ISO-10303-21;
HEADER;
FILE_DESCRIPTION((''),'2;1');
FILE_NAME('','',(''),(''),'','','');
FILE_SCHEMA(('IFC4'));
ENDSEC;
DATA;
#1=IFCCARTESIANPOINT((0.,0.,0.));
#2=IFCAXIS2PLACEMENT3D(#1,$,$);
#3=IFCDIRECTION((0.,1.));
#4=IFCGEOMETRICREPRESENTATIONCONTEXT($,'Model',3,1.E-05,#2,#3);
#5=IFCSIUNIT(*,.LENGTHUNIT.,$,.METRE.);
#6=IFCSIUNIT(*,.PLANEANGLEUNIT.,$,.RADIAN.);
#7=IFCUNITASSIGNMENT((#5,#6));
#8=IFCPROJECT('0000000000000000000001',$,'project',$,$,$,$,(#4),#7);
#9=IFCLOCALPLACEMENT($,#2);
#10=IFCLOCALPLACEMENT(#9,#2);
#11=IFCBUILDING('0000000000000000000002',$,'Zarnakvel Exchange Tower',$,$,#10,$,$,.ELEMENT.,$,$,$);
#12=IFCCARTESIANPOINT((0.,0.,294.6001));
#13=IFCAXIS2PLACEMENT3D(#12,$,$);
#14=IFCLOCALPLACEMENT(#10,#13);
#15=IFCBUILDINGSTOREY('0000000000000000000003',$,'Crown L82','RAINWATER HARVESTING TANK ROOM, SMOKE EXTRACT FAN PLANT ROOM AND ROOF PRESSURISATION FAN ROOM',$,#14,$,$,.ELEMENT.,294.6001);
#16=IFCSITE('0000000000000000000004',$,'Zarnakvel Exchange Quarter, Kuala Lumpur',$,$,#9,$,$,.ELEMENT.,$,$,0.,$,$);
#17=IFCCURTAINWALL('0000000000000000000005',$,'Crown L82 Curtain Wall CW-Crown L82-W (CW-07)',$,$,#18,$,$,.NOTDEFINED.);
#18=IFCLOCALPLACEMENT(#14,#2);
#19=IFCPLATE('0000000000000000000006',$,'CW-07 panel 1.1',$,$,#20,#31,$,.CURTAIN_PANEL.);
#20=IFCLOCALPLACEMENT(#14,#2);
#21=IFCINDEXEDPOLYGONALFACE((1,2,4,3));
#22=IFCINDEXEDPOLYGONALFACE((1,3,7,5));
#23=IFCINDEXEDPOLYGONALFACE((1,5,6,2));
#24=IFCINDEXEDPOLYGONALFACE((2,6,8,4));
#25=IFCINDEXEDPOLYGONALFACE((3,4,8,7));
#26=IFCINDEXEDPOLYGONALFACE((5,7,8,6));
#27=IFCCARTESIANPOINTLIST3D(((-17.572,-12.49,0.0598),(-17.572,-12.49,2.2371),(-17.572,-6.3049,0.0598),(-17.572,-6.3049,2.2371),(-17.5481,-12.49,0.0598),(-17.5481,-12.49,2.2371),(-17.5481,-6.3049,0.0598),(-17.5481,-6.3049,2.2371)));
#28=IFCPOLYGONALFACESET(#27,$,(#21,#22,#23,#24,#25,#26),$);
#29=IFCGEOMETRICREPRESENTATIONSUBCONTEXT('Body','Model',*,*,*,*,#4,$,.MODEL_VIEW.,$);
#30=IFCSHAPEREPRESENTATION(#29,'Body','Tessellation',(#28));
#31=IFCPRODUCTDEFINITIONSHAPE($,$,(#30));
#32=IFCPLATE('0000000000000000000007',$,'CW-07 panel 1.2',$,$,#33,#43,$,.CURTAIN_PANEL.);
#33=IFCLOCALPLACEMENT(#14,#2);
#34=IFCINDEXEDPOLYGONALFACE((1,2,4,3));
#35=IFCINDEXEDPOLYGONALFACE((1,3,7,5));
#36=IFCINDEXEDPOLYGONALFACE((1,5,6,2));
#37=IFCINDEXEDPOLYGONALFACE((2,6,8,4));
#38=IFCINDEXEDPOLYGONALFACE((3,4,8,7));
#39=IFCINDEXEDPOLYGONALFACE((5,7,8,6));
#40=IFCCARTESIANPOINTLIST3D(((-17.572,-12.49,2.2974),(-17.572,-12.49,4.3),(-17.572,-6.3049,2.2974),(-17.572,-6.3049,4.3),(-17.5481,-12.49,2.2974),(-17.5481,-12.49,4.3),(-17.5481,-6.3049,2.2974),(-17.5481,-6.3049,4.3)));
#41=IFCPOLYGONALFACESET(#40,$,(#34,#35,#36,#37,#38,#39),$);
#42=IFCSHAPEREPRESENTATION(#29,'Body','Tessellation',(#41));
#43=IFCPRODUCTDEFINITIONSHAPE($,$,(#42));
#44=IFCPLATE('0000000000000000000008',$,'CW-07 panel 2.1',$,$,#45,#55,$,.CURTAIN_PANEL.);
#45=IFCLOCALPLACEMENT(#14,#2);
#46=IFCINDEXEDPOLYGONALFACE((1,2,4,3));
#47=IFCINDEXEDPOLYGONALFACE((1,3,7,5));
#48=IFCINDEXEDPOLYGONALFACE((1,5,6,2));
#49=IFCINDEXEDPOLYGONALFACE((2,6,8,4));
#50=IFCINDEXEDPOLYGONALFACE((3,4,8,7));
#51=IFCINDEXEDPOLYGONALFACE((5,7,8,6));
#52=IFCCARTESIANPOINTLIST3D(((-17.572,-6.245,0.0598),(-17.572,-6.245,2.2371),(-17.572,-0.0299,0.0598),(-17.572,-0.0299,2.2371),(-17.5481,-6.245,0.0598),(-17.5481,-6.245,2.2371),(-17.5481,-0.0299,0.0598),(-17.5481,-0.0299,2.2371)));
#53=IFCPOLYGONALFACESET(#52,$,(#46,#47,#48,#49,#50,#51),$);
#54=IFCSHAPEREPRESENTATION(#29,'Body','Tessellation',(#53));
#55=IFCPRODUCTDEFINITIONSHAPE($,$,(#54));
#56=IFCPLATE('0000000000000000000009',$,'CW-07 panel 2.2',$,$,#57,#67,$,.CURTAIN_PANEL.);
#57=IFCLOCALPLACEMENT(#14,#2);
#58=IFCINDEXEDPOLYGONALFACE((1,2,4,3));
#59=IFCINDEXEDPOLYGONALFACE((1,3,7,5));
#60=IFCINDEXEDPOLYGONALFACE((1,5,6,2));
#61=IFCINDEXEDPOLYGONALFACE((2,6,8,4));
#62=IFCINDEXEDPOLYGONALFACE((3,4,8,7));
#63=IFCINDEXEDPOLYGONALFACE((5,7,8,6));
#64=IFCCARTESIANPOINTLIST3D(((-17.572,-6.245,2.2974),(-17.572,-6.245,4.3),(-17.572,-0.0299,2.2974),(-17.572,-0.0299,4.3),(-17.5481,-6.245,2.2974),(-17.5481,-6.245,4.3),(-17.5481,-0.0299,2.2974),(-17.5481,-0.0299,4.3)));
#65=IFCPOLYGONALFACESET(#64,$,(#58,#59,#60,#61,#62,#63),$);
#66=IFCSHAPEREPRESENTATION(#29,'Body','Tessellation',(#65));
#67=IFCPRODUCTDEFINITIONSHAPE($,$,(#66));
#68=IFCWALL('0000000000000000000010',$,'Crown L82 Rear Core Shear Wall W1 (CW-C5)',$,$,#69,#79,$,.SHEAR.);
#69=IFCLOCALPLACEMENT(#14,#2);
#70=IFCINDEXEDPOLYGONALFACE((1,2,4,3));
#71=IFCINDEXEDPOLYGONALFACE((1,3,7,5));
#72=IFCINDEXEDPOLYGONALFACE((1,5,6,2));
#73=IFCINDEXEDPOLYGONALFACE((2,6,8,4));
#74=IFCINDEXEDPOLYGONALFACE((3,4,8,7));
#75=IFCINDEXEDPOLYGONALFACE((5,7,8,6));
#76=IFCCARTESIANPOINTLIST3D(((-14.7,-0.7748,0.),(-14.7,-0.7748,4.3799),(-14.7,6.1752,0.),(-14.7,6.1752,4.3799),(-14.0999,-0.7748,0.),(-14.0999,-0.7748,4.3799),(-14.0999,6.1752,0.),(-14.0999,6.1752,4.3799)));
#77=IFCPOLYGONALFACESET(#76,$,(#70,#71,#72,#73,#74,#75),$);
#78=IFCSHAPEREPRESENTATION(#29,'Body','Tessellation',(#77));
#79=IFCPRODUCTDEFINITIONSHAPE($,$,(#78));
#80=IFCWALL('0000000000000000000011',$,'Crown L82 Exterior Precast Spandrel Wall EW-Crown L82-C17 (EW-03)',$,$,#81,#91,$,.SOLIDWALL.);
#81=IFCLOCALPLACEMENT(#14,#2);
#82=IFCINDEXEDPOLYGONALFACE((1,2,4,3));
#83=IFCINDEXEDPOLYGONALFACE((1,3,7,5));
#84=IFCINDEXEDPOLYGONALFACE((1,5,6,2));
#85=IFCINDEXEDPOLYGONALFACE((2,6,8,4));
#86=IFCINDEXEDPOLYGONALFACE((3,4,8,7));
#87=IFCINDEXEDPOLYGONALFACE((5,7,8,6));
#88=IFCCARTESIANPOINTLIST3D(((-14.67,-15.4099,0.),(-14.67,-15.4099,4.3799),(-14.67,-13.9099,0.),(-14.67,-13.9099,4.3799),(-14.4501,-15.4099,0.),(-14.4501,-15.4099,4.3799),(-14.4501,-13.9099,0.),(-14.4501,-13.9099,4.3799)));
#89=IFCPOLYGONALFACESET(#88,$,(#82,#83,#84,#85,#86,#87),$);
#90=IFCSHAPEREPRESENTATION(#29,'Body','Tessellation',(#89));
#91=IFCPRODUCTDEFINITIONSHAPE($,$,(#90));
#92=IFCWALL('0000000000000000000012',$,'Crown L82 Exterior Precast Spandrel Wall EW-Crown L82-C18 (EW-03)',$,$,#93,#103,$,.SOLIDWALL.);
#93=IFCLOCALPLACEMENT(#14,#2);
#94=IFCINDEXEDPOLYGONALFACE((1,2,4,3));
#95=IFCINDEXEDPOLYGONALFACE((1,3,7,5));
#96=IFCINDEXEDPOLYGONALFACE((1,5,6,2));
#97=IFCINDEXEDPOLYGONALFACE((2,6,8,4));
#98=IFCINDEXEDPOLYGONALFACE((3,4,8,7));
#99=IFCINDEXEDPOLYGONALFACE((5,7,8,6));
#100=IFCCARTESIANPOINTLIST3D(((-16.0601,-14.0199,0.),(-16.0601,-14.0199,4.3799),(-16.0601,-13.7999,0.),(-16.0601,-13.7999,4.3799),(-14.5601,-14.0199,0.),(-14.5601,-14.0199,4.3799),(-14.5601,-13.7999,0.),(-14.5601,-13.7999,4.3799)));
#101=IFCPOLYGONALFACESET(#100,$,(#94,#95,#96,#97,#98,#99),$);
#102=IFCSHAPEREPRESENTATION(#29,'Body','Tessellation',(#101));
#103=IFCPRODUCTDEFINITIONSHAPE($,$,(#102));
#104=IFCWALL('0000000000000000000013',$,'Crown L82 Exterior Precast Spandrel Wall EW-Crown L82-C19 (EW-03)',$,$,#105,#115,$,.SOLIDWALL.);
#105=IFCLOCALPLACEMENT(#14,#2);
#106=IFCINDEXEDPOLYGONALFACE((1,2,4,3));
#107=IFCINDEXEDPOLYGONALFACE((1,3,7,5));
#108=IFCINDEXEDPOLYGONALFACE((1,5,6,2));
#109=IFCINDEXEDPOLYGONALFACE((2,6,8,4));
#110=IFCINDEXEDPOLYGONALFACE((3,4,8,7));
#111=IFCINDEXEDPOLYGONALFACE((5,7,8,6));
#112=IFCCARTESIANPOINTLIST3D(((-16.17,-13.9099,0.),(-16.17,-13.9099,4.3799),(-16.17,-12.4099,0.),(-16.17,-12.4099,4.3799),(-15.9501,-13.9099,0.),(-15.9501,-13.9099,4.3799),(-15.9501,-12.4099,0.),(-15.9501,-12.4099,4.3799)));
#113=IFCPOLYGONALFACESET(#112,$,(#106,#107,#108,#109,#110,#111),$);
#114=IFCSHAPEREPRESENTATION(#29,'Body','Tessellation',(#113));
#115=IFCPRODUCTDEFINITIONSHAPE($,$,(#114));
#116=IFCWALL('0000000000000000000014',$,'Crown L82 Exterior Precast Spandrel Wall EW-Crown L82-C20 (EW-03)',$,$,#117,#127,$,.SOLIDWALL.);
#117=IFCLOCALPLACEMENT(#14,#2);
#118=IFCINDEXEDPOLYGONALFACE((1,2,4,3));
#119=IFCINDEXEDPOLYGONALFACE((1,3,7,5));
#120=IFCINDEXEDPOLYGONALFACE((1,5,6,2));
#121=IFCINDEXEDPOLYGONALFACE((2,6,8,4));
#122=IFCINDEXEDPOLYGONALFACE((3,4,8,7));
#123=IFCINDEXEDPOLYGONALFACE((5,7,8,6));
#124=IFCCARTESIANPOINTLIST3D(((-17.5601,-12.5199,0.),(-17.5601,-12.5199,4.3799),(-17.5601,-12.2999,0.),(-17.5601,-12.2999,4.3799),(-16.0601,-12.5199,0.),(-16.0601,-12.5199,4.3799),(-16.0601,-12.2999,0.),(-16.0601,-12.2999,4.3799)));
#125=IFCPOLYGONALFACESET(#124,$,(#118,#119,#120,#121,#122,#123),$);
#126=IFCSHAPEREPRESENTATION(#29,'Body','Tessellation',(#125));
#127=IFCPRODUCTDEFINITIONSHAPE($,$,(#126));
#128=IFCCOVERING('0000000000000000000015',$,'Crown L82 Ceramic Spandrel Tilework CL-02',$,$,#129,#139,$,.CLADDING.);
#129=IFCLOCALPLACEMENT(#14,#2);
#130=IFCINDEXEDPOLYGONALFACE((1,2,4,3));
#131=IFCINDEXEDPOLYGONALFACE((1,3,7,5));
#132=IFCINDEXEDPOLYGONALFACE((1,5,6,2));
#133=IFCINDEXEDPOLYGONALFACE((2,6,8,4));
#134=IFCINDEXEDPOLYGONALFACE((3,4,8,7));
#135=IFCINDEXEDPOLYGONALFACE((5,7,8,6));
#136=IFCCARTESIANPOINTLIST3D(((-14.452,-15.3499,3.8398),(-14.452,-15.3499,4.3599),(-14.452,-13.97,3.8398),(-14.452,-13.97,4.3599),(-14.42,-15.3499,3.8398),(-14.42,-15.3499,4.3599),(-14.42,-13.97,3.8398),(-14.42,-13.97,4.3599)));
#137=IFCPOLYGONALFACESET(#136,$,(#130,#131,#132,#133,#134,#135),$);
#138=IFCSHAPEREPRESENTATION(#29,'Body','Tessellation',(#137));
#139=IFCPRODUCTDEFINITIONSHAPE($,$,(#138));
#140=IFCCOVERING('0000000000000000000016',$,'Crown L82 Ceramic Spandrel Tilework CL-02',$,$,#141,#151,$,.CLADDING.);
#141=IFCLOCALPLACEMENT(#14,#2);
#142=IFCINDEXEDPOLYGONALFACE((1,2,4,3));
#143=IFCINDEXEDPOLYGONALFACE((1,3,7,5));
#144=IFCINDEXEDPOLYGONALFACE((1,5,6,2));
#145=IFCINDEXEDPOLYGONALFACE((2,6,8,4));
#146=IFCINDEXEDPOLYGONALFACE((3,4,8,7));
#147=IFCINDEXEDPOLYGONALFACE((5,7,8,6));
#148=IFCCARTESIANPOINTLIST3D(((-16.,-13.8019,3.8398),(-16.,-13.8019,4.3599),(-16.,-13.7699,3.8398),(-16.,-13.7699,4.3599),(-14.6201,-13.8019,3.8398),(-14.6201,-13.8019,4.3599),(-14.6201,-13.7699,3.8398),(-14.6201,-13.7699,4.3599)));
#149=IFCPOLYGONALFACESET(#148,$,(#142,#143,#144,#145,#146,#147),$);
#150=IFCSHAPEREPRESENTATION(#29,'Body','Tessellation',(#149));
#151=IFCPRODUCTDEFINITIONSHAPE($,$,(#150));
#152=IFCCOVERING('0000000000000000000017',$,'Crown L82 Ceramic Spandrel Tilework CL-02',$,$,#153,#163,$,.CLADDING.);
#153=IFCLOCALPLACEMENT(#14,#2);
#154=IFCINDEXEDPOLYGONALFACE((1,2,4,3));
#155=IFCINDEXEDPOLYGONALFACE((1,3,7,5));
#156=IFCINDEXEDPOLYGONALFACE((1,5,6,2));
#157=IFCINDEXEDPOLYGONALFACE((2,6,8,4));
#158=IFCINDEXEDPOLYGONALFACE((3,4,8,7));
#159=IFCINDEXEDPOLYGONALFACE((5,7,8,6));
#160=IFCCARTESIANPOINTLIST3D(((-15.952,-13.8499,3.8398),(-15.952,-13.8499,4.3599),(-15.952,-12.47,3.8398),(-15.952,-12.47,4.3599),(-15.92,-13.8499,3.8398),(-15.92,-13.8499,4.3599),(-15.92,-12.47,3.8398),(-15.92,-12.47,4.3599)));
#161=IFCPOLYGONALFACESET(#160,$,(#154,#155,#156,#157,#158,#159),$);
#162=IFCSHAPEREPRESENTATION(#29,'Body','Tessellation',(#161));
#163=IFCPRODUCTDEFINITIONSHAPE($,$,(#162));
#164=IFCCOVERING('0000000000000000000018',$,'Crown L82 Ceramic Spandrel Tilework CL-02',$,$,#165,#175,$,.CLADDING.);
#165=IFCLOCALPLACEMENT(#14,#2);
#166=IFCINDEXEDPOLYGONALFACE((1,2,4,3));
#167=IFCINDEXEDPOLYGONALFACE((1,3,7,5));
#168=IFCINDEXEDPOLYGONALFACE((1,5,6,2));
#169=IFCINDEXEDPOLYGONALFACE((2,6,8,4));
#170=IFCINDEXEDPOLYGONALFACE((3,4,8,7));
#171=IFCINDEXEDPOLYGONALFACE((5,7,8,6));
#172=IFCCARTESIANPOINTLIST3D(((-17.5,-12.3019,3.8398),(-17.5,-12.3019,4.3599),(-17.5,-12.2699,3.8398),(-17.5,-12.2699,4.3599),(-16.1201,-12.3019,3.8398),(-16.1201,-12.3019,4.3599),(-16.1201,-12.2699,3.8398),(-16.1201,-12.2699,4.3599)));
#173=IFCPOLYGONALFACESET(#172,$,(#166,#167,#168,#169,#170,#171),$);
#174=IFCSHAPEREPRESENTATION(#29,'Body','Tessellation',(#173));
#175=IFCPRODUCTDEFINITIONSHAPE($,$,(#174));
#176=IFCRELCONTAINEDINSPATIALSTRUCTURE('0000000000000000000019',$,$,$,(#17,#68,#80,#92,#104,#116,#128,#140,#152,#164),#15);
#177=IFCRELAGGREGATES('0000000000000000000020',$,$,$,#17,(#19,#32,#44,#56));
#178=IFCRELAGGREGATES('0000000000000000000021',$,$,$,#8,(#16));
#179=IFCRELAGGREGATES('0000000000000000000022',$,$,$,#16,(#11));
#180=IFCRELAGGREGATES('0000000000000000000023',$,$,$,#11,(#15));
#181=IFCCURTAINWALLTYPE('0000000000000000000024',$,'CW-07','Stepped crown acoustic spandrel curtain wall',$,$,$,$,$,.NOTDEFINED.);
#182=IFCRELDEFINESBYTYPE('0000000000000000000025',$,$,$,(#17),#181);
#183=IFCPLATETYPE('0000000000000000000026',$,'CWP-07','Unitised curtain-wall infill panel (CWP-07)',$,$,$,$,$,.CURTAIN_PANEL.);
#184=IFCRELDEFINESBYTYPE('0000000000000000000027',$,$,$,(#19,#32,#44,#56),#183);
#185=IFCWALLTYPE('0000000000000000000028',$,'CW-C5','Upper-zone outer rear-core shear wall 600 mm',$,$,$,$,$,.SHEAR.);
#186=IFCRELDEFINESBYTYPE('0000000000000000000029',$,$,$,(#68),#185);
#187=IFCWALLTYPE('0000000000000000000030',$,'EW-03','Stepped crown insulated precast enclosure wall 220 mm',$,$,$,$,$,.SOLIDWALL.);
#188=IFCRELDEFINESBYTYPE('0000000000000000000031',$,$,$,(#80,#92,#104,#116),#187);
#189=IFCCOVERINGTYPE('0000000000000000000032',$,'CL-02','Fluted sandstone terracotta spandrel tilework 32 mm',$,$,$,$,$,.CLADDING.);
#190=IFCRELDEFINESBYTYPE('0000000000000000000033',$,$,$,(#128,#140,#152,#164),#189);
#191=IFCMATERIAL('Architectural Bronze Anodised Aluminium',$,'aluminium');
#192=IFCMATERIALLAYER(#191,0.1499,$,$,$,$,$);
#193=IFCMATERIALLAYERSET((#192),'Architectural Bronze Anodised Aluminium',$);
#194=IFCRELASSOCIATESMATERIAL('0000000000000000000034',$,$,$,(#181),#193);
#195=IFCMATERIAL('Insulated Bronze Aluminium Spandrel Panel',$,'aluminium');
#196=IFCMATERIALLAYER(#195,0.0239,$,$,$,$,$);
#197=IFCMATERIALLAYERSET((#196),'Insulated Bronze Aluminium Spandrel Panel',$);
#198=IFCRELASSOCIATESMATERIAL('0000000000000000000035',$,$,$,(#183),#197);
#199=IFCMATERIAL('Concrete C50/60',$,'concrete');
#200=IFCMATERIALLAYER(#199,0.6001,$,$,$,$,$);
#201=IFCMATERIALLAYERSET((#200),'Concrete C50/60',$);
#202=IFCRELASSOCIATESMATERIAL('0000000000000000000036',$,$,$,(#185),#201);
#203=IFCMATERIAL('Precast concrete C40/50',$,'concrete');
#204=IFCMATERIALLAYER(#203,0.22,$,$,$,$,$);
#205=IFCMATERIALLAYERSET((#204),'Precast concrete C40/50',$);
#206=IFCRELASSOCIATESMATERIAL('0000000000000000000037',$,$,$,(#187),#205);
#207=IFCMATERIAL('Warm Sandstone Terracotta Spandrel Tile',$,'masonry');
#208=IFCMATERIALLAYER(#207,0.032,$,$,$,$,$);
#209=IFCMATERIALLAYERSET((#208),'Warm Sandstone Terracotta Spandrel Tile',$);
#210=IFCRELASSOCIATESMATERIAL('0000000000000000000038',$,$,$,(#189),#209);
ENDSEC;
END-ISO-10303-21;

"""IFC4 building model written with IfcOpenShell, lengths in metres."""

from ifc_helpers import new_model, si_unit, direction, frame, frame_2d, origin, origin_2d, place, context, subcontext, project, spatial, rectangle, extrude, source, transform, mapped, material, layer, layer_set, type_object, element, aggregate, save


model = new_model("IFC4")

# Units and contexts
model_context = context("Model", 3, precision=1e-05, world=origin(), true_north=direction((0.0, 1.0)))
body_context = subcontext(model_context, "Body", "Model", "MODEL_VIEW")
ifc_project = project(units=[si_unit("LENGTHUNIT", "METRE"), si_unit("PLANEANGLEUNIT", "RADIAN")], contexts=[model_context])

# Site, building, storey
site_placement = place(None, origin())
site = spatial("IfcSite", under=ifc_project, at=site_placement, Name="Zarnakvel Exchange Quarter, Kuala Lumpur", CompositionType="ELEMENT", RefElevation=0.0)
building_placement = place(site_placement, origin())
building = spatial("IfcBuilding", under=site, at=building_placement, Name="Zarnakvel Exchange Tower", CompositionType="ELEMENT")
storey_placement = place(building_placement, frame((0.0, 0.0, 294.6001)))
storey = spatial("IfcBuildingStorey", under=building, at=storey_placement, Name="Crown L82", Description="RAINWATER HARVESTING TANK ROOM, SMOKE EXTRACT FAN PLANT ROOM AND ROOF PRESSURISATION FAN ROOM", CompositionType="ELEMENT", Elevation=294.6001)

# Shared definitions
ifc_material_1 = material(Name="Concrete C50/60", Category="concrete")

# Shared definitions
ifc_material_2 = material(Name="Architectural Bronze Anodised Aluminium", Category="aluminium")
ifc_layer_1 = layer(ifc_material_2, 0.1499)
ifc_layer_set_1 = layer_set([ifc_layer_1], Name="Architectural Bronze Anodised Aluminium")
curtain_wall_type = type_object("IfcCurtainWallType", Name="CW-07", Description="Stepped crown acoustic spandrel curtain wall", PredefinedType="NOTDEFINED", material=ifc_layer_set_1)

# Curtain wall
curtain_wall_1_placement = place(storey_placement, origin())
curtain_wall_1 = element("IfcCurtainWall", 1, at=curtain_wall_1_placement, inside=storey, type_object=curtain_wall_type, Name="Crown L82 Curtain Wall CW-Crown L82-W (CW-07)", PredefinedType="NOTDEFINED")

# Plates
ifc_material_3 = material(Name="Insulated Bronze Aluminium Spandrel Panel", Category="aluminium")
ifc_layer_2 = layer(ifc_material_3, 0.0239)
ifc_layer_set_2 = layer_set([ifc_layer_2], Name="Insulated Bronze Aluminium Spandrel Panel")
plate_type = type_object("IfcPlateType", Name="CWP-07", Description="Unitised curtain-wall infill panel (CWP-07)", PredefinedType="CURTAIN_PANEL", material=ifc_layer_set_2)
shared_shape_1 = source(origin(), body_context, "Body", "SweptSolid", [
    extrude(rectangle(XDim=6.1851, YDim=0.0239, at=origin_2d()), origin(), (0.0, 0.0, 1.0), 2.1772),
])
plate_1_placement = place(storey_placement, frame((-17.5601, -9.3975, 0.0598), z_axis=(0.0, 0.0, 1.0), x_axis=(0.0, 1.0, 0.0)))
plate_1 = element("IfcPlate", 2, at=plate_1_placement, type_object=plate_type, Name="CW-07 panel 1.1", PredefinedType="CURTAIN_PANEL", context=body_context, shape_type="MappedRepresentation", body=[
    mapped(shared_shape_1, transform((0.0, 0.0, 0.0), x_axis=(1.0, 0.0, 0.0), y_axis=(0.0, 1.0, 0.0), z_axis=(0.0, 0.0, 1.0), scale=1.0)),
])
shared_shape_2 = source(origin(), body_context, "Body", "SweptSolid", [
    extrude(rectangle(XDim=6.1851, YDim=0.0239, at=origin_2d()), origin(), (0.0, 0.0, 1.0), 2.0027),
])
plate_2_placement = place(storey_placement, frame((-17.5601, -9.3975, 2.2974), z_axis=(0.0, 0.0, 1.0), x_axis=(0.0, 1.0, 0.0)))
plate_2 = element("IfcPlate", 3, at=plate_2_placement, type_object=plate_type, Name="CW-07 panel 1.2", PredefinedType="CURTAIN_PANEL", context=body_context, shape_type="MappedRepresentation", body=[
    mapped(shared_shape_2, transform((0.0, 0.0, 0.0), x_axis=(1.0, 0.0, 0.0), y_axis=(0.0, 1.0, 0.0), z_axis=(0.0, 0.0, 1.0), scale=1.0)),
])
shared_shape_3 = source(origin(), body_context, "Body", "SweptSolid", [
    extrude(rectangle(XDim=6.2151, YDim=0.0239, at=origin_2d()), origin(), (0.0, 0.0, 1.0), 2.1772),
])
plate_3_placement = place(storey_placement, frame((-17.5601, -3.1375, 0.0598), z_axis=(0.0, 0.0, 1.0), x_axis=(0.0, 1.0, 0.0)))
plate_3 = element("IfcPlate", 4, at=plate_3_placement, type_object=plate_type, Name="CW-07 panel 2.1", PredefinedType="CURTAIN_PANEL", context=body_context, shape_type="MappedRepresentation", body=[
    mapped(shared_shape_3, transform((0.0, 0.0, 0.0), x_axis=(1.0, 0.0, 0.0), y_axis=(0.0, 1.0, 0.0), z_axis=(0.0, 0.0, 1.0), scale=1.0)),
])
shared_shape_4 = source(origin(), body_context, "Body", "SweptSolid", [
    extrude(rectangle(XDim=6.2151, YDim=0.0239, at=origin_2d()), origin(), (0.0, 0.0, 1.0), 2.0027),
])
plate_4_placement = place(storey_placement, frame((-17.5601, -3.1375, 2.2974), z_axis=(0.0, 0.0, 1.0), x_axis=(0.0, 1.0, 0.0)))
plate_4 = element("IfcPlate", 5, at=plate_4_placement, type_object=plate_type, Name="CW-07 panel 2.2", PredefinedType="CURTAIN_PANEL", context=body_context, shape_type="MappedRepresentation", body=[
    mapped(shared_shape_4, transform((0.0, 0.0, 0.0), x_axis=(1.0, 0.0, 0.0), y_axis=(0.0, 1.0, 0.0), z_axis=(0.0, 0.0, 1.0), scale=1.0)),
])
aggregate(curtain_wall_1, [plate_1, plate_2, plate_3, plate_4])

# Walls
ifc_layer_3 = layer(ifc_material_1, 0.6001)
ifc_layer_set_3 = layer_set([ifc_layer_3], Name="Concrete C50/60")
wall_type_1 = type_object("IfcWallType", Name="CW-C5", Description="Upper-zone outer rear-core shear wall 600 mm", PredefinedType="SHEAR", material=ifc_layer_set_3)
wall_placement = place(storey_placement, frame((-14.3999, -0.7749, 0.0), z_axis=(0.0, 0.0, 1.0), x_axis=(0.0, 1.0, 0.0)))
element("IfcWall", 6, at=wall_placement, inside=storey, type_object=wall_type_1, Name="Crown L82 Rear Core Shear Wall W1 (CW-C5)", PredefinedType="SHEAR", context=body_context, shape_type="SweptSolid", body=[
    extrude(rectangle(XDim=6.95, YDim=0.6001, at=frame_2d((3.4751, 0.0))), origin(), (0.0, 0.0, 1.0), 4.3799),
])
ifc_material_4 = material(Name="Precast concrete C40/50", Category="concrete")
ifc_layer_4 = layer(ifc_material_4, 0.22)
ifc_layer_set_4 = layer_set([ifc_layer_4], Name="Precast concrete C40/50")
wall_type_2 = type_object("IfcWallType", Name="EW-03", Description="Stepped crown insulated precast enclosure wall 220 mm", PredefinedType="SOLIDWALL", material=ifc_layer_set_4)
for number, where, z_axis, x_axis, name in (
    (7, (-14.5601, -13.9099, 0.0), (0.0, 0.0, 1.0), (0.0, -1.0, 0.0), "Crown L82 Exterior Precast Spandrel Wall EW-Crown L82-C17 (EW-03)"),
    (8, (-16.0601, -13.9099, 0.0), (0.0, 0.0, 1.0), (1.0, 0.0, 0.0), "Crown L82 Exterior Precast Spandrel Wall EW-Crown L82-C18 (EW-03)"),
    (9, (-16.0601, -12.4099, 0.0), (0.0, 0.0, 1.0), (0.0, -1.0, 0.0), "Crown L82 Exterior Precast Spandrel Wall EW-Crown L82-C19 (EW-03)"),
    (10, (-17.5601, -12.4099, 0.0), (0.0, 0.0, 1.0), (1.0, 0.0, 0.0), "Crown L82 Exterior Precast Spandrel Wall EW-Crown L82-C20 (EW-03)"),
):
    element("IfcWall", number, at=place(storey_placement, frame(where, z_axis=z_axis, x_axis=x_axis)), inside=storey, type_object=wall_type_2, Name=name, PredefinedType="SOLIDWALL", context=body_context, shape_type="SweptSolid", body=[
        extrude(rectangle(XDim=1.5, YDim=0.22, at=frame_2d((0.75, 0.0))), origin(), (0.0, 0.0, 1.0), 4.3799),
    ])

# Coverings
ifc_material_5 = material(Name="Warm Sandstone Terracotta Spandrel Tile", Category="masonry")
ifc_layer_5 = layer(ifc_material_5, 0.032)
ifc_layer_set_5 = layer_set([ifc_layer_5], Name="Warm Sandstone Terracotta Spandrel Tile")
covering_type = type_object("IfcCoveringType", Name="CL-02", Description="Fluted sandstone terracotta spandrel tilework 32 mm", PredefinedType="CLADDING", material=ifc_layer_set_5)
shared_shape_5 = source(origin(), body_context, "Body", "SweptSolid", [
    extrude(rectangle(XDim=1.3799, YDim=0.032, at=origin_2d()), origin(), (0.0, 0.0, 1.0), 0.52),
])
for number, where, z_axis, x_axis, name in (
    (11, (-14.436, -14.6599, 3.8398), (0.0, 0.0, 1.0), (0.0, -1.0, 0.0), "Crown L82 Ceramic Spandrel Tilework CL-02"),
    (12, (-15.3101, -13.7859, 3.8398), (0.0, 0.0, 1.0), (1.0, 0.0, 0.0), "Crown L82 Ceramic Spandrel Tilework CL-02"),
    (13, (-15.936, -13.1599, 3.8398), (0.0, 0.0, 1.0), (0.0, -1.0, 0.0), "Crown L82 Ceramic Spandrel Tilework CL-02"),
    (14, (-16.8101, -12.2859, 3.8398), (0.0, 0.0, 1.0), (1.0, 0.0, 0.0), "Crown L82 Ceramic Spandrel Tilework CL-02"),
):
    element("IfcCovering", number, at=place(storey_placement, frame(where, z_axis=z_axis, x_axis=x_axis)), inside=storey, type_object=covering_type, Name=name, PredefinedType="CLADDING", context=body_context, shape_type="MappedRepresentation", body=[
        mapped(shared_shape_5, transform((0.0, 0.0, 0.0), x_axis=(1.0, 0.0, 0.0), y_axis=(0.0, 1.0, 0.0), z_axis=(0.0, 0.0, 1.0), scale=1.0)),
    ])

save(model, "model.ifc")
